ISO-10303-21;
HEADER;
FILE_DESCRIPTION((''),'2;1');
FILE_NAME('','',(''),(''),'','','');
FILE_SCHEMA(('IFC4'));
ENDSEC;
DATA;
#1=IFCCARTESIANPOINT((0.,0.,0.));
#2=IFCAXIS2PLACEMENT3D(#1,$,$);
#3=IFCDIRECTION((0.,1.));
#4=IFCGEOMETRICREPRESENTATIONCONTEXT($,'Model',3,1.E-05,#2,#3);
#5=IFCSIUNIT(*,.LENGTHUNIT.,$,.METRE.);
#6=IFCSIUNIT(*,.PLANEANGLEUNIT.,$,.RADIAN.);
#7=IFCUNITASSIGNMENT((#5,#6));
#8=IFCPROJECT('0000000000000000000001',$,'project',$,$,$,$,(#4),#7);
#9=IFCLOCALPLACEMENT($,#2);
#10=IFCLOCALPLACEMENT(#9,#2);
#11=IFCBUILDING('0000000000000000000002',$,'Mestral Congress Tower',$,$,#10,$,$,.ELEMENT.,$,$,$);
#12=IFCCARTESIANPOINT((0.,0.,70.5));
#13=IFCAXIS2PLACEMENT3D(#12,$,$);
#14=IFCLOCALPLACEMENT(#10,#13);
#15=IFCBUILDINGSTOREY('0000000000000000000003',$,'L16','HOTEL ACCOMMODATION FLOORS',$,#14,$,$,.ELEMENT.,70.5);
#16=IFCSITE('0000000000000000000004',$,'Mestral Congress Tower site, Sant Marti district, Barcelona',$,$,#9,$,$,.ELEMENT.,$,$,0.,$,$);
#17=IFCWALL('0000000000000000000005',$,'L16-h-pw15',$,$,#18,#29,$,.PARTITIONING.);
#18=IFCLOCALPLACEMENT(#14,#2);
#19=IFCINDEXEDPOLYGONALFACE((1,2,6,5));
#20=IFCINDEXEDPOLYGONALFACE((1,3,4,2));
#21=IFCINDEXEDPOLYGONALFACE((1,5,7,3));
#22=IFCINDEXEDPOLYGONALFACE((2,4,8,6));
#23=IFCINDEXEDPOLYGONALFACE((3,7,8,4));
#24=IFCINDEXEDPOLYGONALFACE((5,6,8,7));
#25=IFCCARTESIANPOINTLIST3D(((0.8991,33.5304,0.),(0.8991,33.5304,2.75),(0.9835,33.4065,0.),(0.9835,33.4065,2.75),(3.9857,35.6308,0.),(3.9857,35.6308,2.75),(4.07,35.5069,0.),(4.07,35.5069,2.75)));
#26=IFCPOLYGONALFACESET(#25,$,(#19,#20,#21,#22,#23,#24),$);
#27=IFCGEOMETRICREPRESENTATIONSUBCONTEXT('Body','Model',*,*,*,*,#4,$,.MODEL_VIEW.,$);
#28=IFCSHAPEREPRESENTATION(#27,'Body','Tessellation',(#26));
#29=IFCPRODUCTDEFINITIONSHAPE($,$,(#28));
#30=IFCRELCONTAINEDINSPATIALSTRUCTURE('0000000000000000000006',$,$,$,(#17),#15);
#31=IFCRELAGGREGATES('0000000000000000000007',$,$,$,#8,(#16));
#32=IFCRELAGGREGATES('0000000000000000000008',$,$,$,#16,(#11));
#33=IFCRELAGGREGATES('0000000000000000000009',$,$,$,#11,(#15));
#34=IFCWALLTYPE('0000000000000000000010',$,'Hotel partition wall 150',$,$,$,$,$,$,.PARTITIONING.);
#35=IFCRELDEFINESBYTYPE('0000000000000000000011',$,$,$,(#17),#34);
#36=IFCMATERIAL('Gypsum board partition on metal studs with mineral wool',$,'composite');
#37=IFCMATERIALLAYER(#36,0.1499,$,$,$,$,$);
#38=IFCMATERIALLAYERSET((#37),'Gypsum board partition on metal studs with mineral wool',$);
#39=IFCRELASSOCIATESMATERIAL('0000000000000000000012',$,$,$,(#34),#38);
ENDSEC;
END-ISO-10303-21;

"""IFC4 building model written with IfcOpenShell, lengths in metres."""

from ifc_helpers import new_model, si_unit, direction, frame, frame_2d, origin, place, context, subcontext, project, spatial, rectangle, extrude, material, layer, layer_set, type_object, element, save


model = new_model("IFC4")

# Units and contexts
model_context = context("Model", 3, precision=1e-05, world=origin(), true_north=direction((0.0, 1.0)))
body_context = subcontext(model_context, "Body", "Model", "MODEL_VIEW")
ifc_project = project(units=[si_unit("LENGTHUNIT", "METRE"), si_unit("PLANEANGLEUNIT", "RADIAN")], contexts=[model_context])

# Site, building, storey
site_placement = place(None, origin())
site = spatial("IfcSite", under=ifc_project, at=site_placement, Name="Mestral Congress Tower site, Sant Marti district, Barcelona", CompositionType="ELEMENT", RefElevation=0.0)
building_placement = place(site_placement, origin())
building = spatial("IfcBuilding", under=site, at=building_placement, Name="Mestral Congress Tower", CompositionType="ELEMENT")
storey_placement = place(building_placement, frame((0.0, 0.0, 70.5)))
storey = spatial("IfcBuildingStorey", under=building, at=storey_placement, Name="L16", Description="HOTEL ACCOMMODATION FLOORS", CompositionType="ELEMENT", Elevation=70.5)

# Shared definitions
ifc_material_1 = material(Name="Gypsum board partition on metal studs with mineral wool", Category="composite")

# Shared definitions
ifc_layer_1 = layer(ifc_material_1, 0.1499)
ifc_layer_set_1 = layer_set([ifc_layer_1], Name="Gypsum board partition on metal studs with mineral wool")
wall_type_1 = type_object("IfcWallType", Name="Hotel partition wall 150", PredefinedType="PARTITIONING", material=ifc_layer_set_1)

# Wall
wall_1_placement = place(storey_placement, frame((4.0278, 35.5688, 0.0), z_axis=(0.0, 0.0, 1.0), x_axis=(-0.826731, -0.562598, 0.0)))
element("IfcWall", 1, at=wall_1_placement, inside=storey, type_object=wall_type_1, Name="L16-h-pw15", PredefinedType="PARTITIONING", context=body_context, shape_type="SweptSolid", body=[
    extrude(rectangle(XDim=3.7334, YDim=0.1499, at=frame_2d((1.8667, 0.0))), origin(), (0.0, 0.0, 1.0), 2.75),
])

save(model, "model.ifc")
